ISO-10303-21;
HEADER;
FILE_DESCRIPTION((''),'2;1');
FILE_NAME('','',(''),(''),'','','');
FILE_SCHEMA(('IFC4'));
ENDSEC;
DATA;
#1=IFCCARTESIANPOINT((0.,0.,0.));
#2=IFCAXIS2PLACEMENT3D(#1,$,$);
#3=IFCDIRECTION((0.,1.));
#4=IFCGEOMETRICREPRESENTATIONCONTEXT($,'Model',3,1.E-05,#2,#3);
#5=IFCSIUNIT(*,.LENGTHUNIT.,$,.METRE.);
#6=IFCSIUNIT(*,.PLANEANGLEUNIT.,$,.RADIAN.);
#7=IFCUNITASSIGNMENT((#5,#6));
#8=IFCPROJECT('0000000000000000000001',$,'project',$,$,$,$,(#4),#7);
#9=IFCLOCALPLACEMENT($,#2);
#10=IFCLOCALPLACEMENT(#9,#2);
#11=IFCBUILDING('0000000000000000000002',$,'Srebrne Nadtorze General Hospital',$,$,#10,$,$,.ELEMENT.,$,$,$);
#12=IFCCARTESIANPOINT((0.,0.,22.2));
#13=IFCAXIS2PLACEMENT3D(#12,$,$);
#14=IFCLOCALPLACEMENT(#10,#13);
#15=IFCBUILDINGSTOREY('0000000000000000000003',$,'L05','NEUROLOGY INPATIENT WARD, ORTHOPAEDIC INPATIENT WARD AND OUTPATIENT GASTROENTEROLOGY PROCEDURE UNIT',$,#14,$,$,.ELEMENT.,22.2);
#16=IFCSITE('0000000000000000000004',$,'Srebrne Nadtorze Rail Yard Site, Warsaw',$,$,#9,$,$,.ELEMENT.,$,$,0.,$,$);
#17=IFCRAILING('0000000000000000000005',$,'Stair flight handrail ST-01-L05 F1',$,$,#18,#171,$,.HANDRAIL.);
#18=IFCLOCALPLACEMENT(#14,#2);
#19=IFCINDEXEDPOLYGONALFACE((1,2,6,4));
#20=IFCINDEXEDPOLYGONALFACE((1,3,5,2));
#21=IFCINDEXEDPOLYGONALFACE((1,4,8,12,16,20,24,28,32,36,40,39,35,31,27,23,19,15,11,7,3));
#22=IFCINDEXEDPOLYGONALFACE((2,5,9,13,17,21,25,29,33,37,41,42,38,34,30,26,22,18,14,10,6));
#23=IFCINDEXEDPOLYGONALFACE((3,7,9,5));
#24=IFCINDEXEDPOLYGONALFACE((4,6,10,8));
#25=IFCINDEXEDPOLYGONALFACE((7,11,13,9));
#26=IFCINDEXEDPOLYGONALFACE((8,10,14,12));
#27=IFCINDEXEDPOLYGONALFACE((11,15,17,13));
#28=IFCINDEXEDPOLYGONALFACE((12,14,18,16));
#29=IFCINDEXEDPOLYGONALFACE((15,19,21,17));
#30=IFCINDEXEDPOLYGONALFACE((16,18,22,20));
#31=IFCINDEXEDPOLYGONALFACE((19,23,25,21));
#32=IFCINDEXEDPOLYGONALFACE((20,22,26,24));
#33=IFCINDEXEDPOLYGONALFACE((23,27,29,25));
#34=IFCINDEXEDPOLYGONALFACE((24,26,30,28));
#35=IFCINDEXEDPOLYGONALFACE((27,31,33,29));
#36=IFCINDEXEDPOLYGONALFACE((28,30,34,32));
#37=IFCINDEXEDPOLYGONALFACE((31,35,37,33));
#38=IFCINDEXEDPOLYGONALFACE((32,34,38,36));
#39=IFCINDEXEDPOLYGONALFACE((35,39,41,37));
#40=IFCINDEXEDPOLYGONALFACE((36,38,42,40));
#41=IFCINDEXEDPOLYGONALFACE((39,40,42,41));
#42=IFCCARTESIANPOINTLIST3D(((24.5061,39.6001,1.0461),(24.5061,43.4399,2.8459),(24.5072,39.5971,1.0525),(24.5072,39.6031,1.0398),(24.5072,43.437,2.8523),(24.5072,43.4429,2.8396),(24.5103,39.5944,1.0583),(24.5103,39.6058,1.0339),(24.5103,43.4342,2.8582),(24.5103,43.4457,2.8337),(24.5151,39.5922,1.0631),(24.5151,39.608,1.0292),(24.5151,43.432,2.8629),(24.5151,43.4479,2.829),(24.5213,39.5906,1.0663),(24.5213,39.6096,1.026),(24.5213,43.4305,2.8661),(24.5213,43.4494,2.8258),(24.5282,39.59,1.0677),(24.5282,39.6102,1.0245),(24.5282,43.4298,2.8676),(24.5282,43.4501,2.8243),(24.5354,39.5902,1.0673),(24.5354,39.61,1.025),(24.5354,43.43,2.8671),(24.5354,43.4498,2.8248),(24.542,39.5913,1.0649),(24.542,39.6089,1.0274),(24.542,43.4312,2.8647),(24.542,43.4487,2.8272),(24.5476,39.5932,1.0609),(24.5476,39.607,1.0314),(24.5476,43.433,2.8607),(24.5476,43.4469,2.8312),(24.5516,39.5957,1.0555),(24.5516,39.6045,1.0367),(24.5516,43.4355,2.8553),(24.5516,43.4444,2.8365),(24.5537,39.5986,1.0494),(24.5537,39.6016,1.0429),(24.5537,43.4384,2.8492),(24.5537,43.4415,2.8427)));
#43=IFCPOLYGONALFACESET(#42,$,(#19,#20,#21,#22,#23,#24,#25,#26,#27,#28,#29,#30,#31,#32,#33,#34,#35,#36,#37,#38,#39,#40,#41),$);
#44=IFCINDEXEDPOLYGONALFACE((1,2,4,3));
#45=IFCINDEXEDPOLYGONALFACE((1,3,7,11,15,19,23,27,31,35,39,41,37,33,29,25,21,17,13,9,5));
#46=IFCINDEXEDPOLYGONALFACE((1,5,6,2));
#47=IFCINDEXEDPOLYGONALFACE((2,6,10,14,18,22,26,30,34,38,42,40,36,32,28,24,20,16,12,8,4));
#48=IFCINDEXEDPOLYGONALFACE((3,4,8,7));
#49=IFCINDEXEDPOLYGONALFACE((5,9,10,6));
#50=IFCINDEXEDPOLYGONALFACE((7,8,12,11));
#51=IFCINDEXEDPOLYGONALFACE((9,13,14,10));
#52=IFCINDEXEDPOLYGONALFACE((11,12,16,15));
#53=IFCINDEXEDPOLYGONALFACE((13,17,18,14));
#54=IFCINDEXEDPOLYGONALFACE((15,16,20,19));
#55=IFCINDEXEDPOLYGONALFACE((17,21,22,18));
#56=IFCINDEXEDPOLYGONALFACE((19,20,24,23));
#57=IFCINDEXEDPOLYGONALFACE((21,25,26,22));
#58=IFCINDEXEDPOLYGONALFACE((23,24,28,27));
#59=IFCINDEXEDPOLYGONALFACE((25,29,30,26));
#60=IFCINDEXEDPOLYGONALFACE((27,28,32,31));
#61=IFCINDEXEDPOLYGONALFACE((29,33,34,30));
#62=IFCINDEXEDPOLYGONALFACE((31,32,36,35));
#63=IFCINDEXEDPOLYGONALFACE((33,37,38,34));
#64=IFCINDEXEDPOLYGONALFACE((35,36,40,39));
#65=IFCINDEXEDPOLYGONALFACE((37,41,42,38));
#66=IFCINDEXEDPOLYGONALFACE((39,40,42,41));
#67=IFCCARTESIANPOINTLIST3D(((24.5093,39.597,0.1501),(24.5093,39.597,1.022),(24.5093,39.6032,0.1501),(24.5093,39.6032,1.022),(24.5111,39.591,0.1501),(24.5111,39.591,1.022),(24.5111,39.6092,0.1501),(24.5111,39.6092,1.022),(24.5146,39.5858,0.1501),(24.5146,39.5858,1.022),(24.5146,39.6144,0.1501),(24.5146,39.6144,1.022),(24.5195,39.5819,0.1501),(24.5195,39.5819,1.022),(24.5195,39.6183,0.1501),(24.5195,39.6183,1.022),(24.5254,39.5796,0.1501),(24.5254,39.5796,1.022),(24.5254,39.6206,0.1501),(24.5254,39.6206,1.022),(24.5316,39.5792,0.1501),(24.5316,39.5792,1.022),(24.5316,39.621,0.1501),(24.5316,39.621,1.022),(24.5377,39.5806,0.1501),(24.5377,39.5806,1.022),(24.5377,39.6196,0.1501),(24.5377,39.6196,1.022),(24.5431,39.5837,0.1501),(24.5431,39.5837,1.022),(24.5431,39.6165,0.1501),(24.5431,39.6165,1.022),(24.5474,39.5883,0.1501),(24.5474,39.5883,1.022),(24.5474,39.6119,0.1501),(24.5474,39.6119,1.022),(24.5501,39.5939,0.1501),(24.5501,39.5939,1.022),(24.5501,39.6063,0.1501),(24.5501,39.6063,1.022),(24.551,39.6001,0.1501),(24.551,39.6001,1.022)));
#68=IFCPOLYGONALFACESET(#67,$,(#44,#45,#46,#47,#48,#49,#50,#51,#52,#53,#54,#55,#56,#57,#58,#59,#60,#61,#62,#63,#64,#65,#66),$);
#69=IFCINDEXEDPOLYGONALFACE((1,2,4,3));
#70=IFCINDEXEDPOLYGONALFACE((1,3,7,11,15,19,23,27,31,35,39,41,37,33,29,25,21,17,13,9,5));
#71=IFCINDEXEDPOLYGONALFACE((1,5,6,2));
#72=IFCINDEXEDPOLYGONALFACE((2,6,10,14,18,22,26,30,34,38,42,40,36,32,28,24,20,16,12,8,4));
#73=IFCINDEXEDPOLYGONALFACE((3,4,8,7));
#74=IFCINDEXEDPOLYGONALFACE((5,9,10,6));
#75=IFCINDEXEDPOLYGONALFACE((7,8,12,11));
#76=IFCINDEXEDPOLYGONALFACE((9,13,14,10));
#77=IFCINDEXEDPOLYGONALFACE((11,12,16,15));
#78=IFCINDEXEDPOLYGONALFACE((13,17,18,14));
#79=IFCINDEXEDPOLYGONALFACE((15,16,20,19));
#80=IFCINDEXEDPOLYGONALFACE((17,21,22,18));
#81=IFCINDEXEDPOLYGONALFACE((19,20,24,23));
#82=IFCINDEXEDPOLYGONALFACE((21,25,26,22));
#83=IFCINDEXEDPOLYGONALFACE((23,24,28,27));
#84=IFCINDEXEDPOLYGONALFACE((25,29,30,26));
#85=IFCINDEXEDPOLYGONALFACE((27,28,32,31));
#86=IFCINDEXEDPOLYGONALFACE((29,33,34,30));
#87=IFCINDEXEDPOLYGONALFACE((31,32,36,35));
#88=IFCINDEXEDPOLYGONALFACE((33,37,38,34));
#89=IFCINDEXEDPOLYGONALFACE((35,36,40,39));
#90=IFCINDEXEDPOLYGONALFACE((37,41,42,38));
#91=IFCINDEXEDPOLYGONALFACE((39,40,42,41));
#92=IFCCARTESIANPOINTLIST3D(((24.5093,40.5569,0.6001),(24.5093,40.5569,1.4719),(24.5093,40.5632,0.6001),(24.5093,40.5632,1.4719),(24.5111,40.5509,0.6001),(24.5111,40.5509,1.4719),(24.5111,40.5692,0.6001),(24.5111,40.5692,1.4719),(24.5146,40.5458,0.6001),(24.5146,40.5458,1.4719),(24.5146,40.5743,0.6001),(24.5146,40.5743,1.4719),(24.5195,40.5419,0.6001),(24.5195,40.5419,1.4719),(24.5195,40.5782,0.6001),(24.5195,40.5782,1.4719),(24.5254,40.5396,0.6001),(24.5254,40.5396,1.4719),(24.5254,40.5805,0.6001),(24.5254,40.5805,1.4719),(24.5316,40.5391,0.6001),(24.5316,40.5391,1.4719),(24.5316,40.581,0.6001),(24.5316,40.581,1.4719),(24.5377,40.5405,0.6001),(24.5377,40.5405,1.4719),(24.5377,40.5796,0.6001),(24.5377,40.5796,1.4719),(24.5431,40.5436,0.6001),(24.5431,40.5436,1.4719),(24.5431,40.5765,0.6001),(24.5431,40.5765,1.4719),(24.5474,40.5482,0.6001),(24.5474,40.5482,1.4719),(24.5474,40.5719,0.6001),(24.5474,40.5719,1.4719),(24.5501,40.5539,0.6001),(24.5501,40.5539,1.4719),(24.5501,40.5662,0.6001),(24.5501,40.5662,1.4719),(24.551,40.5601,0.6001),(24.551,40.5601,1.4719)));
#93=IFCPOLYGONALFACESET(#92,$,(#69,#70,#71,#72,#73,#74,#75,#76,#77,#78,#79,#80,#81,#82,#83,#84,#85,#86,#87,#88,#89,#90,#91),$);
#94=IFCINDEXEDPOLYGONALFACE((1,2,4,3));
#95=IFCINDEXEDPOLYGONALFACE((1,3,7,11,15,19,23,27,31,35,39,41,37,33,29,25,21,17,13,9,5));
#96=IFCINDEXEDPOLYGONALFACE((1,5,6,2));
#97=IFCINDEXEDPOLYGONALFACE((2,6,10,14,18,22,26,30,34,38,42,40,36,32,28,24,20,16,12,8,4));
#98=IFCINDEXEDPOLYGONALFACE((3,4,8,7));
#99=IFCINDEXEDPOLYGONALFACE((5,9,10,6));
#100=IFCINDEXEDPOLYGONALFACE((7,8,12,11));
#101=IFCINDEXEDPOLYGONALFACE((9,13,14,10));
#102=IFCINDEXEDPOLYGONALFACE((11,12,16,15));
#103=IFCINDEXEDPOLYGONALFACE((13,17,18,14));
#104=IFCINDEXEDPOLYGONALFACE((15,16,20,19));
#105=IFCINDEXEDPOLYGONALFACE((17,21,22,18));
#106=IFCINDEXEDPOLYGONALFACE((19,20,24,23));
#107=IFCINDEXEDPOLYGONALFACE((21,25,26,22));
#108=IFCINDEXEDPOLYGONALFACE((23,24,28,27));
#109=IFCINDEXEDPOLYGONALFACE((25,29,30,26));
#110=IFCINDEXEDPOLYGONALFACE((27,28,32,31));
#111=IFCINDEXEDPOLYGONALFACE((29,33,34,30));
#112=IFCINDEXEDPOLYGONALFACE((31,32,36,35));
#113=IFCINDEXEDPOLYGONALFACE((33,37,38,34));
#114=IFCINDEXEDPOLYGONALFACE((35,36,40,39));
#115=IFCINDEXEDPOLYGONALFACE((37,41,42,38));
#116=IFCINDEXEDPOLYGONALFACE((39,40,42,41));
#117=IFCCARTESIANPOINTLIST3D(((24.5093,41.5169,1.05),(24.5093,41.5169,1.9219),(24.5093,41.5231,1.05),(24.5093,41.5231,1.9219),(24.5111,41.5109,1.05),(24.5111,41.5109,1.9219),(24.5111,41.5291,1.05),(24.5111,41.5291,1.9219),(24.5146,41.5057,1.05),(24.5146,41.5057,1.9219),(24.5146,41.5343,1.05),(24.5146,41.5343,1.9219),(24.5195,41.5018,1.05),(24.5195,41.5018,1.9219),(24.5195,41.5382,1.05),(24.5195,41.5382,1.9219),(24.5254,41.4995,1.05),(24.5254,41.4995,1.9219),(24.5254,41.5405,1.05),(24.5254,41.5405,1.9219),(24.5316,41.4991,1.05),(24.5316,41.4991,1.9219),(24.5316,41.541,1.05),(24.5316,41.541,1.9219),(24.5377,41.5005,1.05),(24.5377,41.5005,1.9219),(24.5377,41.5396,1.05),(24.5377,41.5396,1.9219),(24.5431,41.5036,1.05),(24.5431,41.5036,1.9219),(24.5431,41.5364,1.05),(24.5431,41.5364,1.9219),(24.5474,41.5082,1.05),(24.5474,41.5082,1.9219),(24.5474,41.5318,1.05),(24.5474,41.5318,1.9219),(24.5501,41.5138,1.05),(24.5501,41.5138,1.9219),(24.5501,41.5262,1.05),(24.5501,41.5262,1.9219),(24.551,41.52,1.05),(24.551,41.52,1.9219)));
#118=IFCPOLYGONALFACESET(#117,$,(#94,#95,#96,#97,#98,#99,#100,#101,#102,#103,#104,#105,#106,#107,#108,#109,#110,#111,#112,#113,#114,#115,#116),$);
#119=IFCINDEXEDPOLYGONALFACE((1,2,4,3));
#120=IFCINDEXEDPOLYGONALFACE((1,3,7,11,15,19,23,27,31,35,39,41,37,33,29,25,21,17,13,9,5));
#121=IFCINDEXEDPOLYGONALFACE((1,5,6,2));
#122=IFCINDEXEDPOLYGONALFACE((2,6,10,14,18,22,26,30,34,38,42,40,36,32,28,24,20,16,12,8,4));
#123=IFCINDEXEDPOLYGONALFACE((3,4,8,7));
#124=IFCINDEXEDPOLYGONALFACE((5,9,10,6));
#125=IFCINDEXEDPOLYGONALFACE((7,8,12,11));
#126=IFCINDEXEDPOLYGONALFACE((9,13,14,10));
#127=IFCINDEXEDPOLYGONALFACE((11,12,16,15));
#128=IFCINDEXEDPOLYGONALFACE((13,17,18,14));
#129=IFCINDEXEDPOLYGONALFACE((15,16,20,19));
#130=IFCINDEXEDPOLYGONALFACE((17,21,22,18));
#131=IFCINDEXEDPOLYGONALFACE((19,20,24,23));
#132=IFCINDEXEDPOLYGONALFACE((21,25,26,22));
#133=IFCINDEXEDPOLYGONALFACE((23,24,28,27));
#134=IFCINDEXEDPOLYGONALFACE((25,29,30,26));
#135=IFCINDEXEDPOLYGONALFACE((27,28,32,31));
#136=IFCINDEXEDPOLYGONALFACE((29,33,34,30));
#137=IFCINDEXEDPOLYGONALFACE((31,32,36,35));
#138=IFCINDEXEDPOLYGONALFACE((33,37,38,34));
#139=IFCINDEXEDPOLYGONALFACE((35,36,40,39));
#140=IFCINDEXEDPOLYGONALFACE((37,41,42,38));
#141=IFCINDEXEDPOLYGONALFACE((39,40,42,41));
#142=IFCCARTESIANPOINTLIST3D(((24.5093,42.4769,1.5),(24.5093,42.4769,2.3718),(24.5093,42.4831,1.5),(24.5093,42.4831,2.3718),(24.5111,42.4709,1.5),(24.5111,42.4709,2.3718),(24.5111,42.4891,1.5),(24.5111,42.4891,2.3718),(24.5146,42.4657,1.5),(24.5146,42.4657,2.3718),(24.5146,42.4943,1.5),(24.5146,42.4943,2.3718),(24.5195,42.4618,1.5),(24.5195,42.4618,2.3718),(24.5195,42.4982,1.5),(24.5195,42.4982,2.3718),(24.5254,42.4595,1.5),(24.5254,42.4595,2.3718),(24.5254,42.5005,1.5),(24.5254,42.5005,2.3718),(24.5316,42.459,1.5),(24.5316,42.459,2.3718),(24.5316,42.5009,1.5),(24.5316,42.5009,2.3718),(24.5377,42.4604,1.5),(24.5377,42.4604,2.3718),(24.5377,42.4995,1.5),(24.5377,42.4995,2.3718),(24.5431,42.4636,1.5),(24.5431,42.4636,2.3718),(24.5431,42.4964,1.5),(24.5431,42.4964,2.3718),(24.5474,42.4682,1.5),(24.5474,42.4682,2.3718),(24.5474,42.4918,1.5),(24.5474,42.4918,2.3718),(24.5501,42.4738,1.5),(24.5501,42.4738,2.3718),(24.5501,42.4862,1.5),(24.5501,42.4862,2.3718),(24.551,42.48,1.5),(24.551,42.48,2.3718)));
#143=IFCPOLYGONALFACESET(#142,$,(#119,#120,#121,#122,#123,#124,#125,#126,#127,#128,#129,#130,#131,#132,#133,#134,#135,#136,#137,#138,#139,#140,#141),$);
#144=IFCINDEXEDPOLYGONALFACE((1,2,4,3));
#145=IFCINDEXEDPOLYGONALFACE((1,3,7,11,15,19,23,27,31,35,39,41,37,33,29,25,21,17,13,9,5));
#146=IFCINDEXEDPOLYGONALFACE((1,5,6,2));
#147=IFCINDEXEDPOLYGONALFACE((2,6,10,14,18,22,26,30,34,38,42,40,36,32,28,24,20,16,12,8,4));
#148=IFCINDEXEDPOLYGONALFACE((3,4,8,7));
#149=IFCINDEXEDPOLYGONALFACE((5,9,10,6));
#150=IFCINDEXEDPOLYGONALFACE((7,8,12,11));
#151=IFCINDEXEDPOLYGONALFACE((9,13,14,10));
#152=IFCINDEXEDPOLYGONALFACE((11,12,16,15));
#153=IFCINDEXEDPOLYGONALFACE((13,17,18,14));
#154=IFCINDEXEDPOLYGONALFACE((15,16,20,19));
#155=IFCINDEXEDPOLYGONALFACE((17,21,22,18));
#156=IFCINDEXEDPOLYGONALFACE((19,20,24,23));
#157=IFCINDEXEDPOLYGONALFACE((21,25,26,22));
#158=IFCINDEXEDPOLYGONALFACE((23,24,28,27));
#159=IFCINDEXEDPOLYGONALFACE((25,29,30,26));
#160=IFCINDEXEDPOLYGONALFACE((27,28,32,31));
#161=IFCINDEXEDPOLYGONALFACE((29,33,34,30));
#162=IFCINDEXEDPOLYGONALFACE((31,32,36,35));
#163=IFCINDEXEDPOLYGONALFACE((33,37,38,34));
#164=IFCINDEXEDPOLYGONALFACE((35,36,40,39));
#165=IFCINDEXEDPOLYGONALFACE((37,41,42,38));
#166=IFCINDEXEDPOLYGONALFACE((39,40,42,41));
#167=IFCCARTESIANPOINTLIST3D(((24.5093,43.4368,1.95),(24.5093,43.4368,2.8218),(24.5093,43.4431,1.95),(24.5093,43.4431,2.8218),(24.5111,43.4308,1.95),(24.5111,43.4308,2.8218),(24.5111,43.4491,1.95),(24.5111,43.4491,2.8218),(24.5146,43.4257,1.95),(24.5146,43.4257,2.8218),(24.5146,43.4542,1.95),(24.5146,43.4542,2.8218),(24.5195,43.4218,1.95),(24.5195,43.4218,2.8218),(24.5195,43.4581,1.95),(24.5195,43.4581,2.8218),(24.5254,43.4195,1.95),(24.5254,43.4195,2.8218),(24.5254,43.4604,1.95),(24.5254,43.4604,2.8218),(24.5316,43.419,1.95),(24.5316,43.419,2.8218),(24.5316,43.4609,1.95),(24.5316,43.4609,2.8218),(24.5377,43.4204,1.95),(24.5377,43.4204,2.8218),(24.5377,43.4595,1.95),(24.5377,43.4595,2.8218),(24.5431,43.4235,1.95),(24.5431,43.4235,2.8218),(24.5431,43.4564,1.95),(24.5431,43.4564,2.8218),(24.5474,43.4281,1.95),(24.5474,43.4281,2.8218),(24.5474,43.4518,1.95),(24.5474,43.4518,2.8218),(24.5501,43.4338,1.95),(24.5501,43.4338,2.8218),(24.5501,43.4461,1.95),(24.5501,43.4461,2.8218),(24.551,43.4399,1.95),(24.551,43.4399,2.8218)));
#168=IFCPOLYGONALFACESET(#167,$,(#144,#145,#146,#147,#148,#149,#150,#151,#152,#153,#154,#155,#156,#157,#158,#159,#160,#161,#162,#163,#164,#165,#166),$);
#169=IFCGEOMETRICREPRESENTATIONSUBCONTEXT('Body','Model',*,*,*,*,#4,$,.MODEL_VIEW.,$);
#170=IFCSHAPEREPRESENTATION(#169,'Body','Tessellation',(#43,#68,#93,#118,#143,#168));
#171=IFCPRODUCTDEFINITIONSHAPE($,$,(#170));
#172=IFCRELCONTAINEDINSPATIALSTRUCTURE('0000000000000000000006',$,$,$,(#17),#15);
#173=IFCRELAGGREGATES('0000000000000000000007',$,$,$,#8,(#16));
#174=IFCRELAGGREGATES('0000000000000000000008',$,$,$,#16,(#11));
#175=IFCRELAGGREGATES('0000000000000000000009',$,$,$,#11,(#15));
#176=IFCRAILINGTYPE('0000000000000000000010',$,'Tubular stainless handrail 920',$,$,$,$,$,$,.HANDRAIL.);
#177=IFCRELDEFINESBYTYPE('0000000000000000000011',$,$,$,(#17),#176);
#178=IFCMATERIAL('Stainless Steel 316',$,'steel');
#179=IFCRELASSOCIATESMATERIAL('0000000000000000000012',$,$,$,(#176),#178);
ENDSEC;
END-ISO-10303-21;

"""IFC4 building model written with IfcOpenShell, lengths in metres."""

from ifc_helpers import new_model, si_unit, direction, frame, origin, origin_2d, place, context, subcontext, project, spatial, circle, extrude, material, type_object, element, save


model = new_model("IFC4")

# Units and contexts
model_context = context("Model", 3, precision=1e-05, world=origin(), true_north=direction((0.0, 1.0)))
body_context = subcontext(model_context, "Body", "Model", "MODEL_VIEW")
ifc_project = project(units=[si_unit("LENGTHUNIT", "METRE"), si_unit("PLANEANGLEUNIT", "RADIAN")], contexts=[model_context])

# Site, building, storey
site_placement = place(None, origin())
site = spatial("IfcSite", under=ifc_project, at=site_placement, Name="Srebrne Nadtorze Rail Yard Site, Warsaw", CompositionType="ELEMENT", RefElevation=0.0)
building_placement = place(site_placement, origin())
building = spatial("IfcBuilding", under=site, at=building_placement, Name="Srebrne Nadtorze General Hospital", CompositionType="ELEMENT")
storey_placement = place(building_placement, frame((0.0, 0.0, 22.2)))
storey = spatial("IfcBuildingStorey", under=building, at=storey_placement, Name="L05", Description="NEUROLOGY INPATIENT WARD, ORTHOPAEDIC INPATIENT WARD AND OUTPATIENT GASTROENTEROLOGY PROCEDURE UNIT", CompositionType="ELEMENT", Elevation=22.2)

# Railing
ifc_material_1 = material(Name="Stainless Steel 316", Category="steel")
railing_type = type_object("IfcRailingType", Name="Tubular stainless handrail 920", PredefinedType="HANDRAIL", material=ifc_material_1)
railing_placement = place(storey_placement, frame((24.53, 39.6001, 0.1501)))
element("IfcRailing", 1, at=railing_placement, inside=storey, type_object=railing_type, Name="Stair flight handrail ST-01-L05 F1", PredefinedType="HANDRAIL", context=body_context, shape_type="SweptSolid", body=[
    extrude(circle(Radius=0.0239, at=origin_2d()), frame((0.0, 0.0, 0.896), z_axis=(0.0, 0.90547, 0.42441), x_axis=(-1.0, 0.0, 0.0)), (0.0, 0.0, 1.0), 4.2407),
    extrude(circle(Radius=0.021, at=origin_2d()), origin(), (0.0, 0.0, 1.0), 0.8718),
    extrude(circle(Radius=0.021, at=origin_2d()), frame((0.0, 0.96, 0.45)), (0.0, 0.0, 1.0), 0.8718),
    extrude(circle(Radius=0.021, at=origin_2d()), frame((0.0, 1.9199, 0.8999)), (0.0, 0.0, 1.0), 0.8718),
    extrude(circle(Radius=0.021, at=origin_2d()), frame((0.0, 2.8799, 1.3499)), (0.0, 0.0, 1.0), 0.8718),
    extrude(circle(Radius=0.021, at=origin_2d()), frame((0.0, 3.8398, 1.7998)), (0.0, 0.0, 1.0), 0.8718),
])

save(model, "model.ifc")
